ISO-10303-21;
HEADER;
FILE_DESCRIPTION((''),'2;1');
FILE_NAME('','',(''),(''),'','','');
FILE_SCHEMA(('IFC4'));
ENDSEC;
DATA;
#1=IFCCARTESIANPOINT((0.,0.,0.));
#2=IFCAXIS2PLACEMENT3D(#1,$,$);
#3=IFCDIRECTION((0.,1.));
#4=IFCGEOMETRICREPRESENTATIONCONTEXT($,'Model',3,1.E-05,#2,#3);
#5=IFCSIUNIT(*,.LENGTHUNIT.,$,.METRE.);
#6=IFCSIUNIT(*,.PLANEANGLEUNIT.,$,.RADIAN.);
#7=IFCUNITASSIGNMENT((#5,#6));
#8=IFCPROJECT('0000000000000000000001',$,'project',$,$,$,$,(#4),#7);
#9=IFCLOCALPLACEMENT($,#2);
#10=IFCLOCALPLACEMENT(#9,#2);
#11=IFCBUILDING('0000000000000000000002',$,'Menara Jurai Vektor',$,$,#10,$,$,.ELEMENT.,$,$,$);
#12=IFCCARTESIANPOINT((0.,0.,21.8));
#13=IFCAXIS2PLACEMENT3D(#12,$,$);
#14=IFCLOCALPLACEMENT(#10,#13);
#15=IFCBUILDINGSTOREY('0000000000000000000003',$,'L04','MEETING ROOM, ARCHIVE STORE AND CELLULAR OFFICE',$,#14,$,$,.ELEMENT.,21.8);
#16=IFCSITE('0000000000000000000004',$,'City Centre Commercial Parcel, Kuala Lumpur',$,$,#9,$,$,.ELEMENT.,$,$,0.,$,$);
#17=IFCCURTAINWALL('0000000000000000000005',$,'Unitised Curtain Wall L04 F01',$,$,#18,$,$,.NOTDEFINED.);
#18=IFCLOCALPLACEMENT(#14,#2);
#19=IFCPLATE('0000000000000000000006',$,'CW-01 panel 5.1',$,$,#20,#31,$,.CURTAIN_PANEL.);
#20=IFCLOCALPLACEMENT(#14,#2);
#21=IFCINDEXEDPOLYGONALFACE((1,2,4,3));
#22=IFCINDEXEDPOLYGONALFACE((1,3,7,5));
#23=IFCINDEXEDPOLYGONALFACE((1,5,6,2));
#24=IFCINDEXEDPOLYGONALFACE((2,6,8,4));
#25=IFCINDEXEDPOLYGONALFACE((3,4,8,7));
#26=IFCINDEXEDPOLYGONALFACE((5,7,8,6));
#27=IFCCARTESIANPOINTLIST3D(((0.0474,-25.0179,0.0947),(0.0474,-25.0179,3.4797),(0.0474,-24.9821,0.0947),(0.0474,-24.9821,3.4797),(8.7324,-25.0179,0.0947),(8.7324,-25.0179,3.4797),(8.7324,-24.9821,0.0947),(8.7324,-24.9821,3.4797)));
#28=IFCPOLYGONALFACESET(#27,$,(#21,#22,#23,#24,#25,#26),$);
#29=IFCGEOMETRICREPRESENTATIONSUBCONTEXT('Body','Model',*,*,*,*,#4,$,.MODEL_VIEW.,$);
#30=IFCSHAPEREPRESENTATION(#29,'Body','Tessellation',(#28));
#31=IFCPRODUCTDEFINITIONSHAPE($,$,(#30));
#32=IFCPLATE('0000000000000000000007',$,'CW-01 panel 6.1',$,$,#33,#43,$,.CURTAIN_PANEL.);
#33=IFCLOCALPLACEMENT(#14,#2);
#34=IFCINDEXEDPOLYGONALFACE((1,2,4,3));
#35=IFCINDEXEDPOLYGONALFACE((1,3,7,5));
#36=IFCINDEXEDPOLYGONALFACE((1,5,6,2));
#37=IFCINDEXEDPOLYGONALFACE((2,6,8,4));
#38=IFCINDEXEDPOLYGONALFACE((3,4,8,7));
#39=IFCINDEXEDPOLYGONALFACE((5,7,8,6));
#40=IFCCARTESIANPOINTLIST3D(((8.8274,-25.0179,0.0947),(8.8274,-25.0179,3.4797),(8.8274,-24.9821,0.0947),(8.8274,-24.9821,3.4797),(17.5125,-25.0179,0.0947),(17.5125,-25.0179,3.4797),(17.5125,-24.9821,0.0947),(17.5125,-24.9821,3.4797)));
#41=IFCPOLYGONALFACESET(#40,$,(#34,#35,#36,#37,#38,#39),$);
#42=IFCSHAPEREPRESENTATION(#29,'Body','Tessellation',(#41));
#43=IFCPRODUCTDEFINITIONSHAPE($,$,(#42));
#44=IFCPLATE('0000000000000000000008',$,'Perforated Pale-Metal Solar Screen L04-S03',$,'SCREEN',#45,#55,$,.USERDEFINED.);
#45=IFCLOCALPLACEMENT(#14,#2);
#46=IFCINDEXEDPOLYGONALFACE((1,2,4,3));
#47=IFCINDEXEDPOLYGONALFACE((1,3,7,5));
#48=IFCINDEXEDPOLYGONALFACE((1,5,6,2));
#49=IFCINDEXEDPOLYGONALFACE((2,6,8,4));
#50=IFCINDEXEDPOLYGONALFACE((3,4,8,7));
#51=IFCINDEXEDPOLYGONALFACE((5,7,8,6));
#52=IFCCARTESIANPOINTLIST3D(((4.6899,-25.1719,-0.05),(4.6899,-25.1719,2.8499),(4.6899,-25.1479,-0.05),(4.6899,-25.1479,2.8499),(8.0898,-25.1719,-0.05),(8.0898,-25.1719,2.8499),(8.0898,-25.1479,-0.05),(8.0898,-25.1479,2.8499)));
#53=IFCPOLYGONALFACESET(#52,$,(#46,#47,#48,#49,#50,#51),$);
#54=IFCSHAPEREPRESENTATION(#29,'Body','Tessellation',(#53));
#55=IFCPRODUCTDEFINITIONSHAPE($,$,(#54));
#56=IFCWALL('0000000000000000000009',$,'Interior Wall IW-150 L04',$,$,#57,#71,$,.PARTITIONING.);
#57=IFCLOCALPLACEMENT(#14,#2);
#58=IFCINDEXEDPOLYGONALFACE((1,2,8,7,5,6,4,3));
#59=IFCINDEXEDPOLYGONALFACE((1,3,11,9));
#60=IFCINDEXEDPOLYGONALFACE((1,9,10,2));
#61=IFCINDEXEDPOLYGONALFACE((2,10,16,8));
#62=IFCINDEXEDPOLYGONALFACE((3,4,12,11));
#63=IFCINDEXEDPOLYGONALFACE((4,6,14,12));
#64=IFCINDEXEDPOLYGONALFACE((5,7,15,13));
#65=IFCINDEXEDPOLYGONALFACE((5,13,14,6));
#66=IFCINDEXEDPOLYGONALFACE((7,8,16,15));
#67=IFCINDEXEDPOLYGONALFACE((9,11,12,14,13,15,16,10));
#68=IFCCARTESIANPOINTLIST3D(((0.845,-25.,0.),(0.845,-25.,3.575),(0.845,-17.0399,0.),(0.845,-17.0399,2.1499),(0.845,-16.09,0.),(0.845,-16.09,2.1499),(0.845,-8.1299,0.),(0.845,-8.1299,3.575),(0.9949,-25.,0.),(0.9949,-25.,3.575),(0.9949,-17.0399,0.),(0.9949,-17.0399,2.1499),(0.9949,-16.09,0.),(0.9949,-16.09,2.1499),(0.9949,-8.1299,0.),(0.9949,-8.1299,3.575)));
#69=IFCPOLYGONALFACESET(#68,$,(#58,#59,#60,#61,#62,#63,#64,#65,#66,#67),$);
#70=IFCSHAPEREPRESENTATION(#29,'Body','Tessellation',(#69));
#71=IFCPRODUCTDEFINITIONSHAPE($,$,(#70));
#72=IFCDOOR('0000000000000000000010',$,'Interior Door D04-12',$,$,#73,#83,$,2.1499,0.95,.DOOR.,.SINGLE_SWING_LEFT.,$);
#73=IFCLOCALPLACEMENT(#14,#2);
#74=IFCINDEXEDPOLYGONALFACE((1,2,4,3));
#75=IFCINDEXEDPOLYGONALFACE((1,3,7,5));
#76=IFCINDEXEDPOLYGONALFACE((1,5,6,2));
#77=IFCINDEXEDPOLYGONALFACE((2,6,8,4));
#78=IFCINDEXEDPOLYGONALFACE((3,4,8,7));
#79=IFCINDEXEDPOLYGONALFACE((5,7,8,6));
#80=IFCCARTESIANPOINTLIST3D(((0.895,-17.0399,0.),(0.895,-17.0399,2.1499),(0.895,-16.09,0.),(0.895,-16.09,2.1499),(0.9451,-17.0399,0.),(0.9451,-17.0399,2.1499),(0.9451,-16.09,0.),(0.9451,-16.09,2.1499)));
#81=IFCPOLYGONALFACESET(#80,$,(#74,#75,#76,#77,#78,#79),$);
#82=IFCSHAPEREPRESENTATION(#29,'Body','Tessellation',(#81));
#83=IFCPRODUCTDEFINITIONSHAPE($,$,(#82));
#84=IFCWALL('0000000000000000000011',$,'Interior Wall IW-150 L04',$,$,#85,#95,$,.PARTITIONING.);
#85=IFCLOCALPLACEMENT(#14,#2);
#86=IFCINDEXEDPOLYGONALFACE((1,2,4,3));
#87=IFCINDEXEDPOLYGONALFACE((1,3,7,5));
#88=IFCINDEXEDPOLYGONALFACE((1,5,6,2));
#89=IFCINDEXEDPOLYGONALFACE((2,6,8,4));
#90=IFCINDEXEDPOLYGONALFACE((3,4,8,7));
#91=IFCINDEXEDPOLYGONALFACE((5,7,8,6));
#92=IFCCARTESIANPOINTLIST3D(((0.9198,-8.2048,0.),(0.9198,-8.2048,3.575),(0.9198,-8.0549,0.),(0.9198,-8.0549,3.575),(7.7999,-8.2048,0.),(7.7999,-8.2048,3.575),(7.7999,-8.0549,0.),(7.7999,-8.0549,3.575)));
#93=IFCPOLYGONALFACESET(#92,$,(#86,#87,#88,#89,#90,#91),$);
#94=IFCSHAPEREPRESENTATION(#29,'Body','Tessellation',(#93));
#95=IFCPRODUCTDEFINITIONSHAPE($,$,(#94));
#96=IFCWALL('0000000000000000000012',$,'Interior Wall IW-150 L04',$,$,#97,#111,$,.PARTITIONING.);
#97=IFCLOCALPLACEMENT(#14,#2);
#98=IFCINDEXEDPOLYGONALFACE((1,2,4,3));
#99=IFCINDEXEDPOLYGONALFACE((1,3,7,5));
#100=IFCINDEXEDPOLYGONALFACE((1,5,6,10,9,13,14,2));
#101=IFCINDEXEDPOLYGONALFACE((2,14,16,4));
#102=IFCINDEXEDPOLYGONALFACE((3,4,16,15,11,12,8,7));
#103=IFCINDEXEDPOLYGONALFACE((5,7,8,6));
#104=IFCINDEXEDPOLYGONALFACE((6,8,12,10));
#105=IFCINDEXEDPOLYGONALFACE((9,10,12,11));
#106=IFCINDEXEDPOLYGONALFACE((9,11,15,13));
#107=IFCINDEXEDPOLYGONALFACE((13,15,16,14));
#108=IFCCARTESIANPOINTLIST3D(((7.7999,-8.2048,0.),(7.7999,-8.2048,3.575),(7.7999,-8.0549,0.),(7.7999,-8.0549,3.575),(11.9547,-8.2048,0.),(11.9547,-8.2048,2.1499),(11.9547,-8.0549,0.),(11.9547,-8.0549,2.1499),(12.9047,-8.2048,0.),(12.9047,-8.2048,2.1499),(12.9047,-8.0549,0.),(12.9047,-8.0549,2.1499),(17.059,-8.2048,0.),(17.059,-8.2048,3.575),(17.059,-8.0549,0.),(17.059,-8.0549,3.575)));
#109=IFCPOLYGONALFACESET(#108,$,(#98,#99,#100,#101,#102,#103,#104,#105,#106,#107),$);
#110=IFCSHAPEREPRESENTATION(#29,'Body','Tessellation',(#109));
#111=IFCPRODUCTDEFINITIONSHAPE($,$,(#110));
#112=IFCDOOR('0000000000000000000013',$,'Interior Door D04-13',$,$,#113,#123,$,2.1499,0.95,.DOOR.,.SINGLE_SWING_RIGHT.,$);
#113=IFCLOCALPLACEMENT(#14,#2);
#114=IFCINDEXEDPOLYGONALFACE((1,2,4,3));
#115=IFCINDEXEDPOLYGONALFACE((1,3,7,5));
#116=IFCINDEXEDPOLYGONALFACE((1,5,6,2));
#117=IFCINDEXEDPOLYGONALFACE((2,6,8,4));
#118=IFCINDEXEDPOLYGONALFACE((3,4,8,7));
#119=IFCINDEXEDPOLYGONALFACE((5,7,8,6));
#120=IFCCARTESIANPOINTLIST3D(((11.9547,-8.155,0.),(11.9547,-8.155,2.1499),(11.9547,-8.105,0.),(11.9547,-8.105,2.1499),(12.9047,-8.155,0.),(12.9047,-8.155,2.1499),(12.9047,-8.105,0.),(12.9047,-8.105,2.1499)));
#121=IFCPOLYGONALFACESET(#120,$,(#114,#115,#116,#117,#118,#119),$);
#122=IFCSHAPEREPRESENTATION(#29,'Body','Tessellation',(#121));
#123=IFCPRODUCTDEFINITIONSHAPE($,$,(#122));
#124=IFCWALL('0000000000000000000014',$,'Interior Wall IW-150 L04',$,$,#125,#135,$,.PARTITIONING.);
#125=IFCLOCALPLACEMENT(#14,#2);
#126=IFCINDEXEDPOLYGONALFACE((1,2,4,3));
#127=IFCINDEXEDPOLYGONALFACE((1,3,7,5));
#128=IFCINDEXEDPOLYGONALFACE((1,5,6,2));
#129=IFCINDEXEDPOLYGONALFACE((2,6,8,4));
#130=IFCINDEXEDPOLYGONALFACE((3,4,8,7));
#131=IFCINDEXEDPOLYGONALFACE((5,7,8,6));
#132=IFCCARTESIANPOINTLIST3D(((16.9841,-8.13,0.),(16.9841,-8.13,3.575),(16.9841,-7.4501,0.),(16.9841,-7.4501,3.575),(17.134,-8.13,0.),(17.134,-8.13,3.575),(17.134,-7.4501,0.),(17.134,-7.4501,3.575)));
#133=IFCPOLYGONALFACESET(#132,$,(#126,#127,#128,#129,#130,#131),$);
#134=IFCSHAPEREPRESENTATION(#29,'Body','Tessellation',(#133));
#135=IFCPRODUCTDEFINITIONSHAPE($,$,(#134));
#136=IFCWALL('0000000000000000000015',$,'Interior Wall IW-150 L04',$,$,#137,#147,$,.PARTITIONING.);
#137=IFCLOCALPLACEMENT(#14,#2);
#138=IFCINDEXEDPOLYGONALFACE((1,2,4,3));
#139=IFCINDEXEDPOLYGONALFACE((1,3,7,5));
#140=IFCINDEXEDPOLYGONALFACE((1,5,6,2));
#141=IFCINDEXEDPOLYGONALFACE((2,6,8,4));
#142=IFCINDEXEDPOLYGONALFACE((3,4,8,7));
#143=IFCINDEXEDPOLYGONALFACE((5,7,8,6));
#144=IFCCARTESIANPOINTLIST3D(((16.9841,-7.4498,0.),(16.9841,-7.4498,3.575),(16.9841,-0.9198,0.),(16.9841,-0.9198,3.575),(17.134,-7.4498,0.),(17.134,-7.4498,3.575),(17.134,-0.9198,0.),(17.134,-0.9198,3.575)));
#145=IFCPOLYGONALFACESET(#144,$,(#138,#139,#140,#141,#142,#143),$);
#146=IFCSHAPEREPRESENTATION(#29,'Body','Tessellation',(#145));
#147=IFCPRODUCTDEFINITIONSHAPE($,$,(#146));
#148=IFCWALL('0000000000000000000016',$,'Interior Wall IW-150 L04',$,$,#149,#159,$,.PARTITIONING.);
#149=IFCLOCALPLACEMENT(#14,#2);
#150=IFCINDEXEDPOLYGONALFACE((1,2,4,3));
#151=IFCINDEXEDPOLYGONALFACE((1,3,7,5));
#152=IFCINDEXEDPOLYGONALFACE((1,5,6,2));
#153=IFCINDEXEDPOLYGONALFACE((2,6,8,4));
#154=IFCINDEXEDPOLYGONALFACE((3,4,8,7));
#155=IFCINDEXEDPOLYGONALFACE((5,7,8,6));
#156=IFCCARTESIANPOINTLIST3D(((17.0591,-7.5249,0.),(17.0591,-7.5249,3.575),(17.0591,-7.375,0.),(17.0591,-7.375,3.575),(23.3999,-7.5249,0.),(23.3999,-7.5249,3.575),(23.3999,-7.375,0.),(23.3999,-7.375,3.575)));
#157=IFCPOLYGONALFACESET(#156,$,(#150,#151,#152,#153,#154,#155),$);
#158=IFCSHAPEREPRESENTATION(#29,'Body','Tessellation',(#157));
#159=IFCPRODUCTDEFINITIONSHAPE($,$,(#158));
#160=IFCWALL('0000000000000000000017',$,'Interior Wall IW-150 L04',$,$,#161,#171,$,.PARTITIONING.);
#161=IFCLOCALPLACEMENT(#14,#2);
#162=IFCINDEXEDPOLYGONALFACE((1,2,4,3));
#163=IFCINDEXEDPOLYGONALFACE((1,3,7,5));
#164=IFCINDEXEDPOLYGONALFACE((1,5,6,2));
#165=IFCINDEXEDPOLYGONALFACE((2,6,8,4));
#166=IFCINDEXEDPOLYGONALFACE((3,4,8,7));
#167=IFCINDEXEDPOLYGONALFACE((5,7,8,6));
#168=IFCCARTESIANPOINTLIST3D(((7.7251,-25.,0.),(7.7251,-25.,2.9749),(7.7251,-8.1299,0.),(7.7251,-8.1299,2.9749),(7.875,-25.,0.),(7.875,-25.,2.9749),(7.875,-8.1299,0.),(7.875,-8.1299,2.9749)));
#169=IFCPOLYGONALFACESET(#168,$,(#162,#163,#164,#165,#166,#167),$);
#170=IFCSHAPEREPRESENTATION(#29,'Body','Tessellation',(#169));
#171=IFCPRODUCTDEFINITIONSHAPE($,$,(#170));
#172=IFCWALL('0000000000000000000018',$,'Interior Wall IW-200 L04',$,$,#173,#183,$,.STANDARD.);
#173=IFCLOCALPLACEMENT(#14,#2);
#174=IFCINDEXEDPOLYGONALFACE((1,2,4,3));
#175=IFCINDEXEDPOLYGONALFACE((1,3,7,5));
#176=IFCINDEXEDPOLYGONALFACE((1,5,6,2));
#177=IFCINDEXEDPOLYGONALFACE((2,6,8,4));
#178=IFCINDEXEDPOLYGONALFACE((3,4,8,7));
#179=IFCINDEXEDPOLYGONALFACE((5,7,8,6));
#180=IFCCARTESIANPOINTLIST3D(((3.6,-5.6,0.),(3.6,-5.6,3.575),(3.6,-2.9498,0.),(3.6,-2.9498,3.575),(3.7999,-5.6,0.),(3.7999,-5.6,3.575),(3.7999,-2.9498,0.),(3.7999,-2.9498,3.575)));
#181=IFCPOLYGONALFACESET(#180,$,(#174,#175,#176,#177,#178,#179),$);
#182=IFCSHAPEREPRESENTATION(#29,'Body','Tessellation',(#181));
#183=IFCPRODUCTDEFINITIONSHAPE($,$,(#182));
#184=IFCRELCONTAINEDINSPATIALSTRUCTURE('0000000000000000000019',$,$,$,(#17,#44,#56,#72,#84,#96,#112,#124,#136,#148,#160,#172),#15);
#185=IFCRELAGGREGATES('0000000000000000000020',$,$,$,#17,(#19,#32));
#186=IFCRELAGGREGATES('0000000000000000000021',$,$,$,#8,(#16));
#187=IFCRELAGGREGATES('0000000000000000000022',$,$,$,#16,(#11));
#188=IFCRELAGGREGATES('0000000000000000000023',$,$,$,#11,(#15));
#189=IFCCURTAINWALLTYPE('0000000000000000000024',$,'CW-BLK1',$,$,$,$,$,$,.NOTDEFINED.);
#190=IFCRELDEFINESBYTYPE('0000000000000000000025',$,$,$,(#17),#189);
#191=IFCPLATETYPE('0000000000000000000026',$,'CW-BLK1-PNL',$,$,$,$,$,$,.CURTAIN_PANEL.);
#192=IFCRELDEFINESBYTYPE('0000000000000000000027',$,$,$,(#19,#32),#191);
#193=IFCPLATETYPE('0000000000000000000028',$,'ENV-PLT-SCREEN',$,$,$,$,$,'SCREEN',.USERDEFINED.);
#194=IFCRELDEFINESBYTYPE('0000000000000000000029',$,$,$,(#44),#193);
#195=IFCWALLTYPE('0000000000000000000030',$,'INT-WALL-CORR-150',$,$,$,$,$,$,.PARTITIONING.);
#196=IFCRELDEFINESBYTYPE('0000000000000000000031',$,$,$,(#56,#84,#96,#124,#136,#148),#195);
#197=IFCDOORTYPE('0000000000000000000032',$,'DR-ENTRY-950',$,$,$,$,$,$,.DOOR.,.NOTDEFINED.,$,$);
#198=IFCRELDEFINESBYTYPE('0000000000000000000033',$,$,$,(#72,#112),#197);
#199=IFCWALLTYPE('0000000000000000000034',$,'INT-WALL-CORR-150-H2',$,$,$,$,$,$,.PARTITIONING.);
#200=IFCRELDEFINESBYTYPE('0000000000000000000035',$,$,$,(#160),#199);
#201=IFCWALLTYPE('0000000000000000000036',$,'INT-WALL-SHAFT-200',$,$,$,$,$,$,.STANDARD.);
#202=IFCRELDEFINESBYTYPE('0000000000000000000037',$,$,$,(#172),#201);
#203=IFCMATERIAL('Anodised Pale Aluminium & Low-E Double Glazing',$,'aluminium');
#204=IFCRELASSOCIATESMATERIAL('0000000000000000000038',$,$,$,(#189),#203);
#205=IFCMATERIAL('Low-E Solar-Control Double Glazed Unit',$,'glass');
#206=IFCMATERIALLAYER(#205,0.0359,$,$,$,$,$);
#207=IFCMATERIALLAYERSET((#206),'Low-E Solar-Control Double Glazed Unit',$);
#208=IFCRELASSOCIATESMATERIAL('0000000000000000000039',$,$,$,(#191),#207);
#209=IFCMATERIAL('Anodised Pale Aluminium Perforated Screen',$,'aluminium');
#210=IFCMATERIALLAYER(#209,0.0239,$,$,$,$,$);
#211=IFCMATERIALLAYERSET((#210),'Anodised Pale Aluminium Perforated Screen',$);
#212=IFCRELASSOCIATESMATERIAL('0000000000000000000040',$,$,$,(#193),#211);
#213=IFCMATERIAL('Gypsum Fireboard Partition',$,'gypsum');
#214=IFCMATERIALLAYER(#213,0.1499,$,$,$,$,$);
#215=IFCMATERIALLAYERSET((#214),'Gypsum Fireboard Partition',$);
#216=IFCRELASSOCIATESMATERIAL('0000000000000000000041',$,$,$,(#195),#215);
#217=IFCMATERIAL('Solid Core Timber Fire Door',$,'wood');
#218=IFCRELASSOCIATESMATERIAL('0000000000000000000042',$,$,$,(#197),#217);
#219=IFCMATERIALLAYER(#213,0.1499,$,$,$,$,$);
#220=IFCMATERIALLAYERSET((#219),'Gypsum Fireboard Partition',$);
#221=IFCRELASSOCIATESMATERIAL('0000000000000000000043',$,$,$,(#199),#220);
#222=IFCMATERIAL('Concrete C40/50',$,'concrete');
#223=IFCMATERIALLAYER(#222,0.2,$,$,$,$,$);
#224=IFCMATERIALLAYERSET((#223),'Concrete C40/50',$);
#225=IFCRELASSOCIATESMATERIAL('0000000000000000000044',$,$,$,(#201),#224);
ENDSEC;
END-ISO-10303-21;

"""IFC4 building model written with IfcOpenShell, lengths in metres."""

from ifc_helpers import new_model, si_unit, direction, frame, frame_2d, origin, origin_2d, place, context, subcontext, project, spatial, rectangle, extrude, material, layer, layer_set, type_object, element, fill, aggregate, save


model = new_model("IFC4")

# Units and contexts
model_context = context("Model", 3, precision=1e-05, world=origin(), true_north=direction((0.0, 1.0)))
body_context = subcontext(model_context, "Body", "Model", "MODEL_VIEW")
ifc_project = project(units=[si_unit("LENGTHUNIT", "METRE"), si_unit("PLANEANGLEUNIT", "RADIAN")], contexts=[model_context])

# Site, building, storey
site_placement = place(None, origin())
site = spatial("IfcSite", under=ifc_project, at=site_placement, Name="City Centre Commercial Parcel, Kuala Lumpur", CompositionType="ELEMENT", RefElevation=0.0)
building_placement = place(site_placement, origin())
building = spatial("IfcBuilding", under=site, at=building_placement, Name="Menara Jurai Vektor", CompositionType="ELEMENT")
storey_placement = place(building_placement, frame((0.0, 0.0, 21.8)))
storey = spatial("IfcBuildingStorey", under=building, at=storey_placement, Name="L04", Description="MEETING ROOM, ARCHIVE STORE AND CELLULAR OFFICE", CompositionType="ELEMENT", Elevation=21.8)

# Curtain wall
ifc_material_1 = material(Name="Anodised Pale Aluminium & Low-E Double Glazing", Category="aluminium")
curtain_wall_type = type_object("IfcCurtainWallType", Name="CW-BLK1", PredefinedType="NOTDEFINED", material=ifc_material_1)
curtain_wall_placement = place(storey_placement, origin())
curtain_wall = element("IfcCurtainWall", 1, at=curtain_wall_placement, inside=storey, type_object=curtain_wall_type, Name="Unitised Curtain Wall L04 F01", PredefinedType="NOTDEFINED")

# Plates
ifc_material_2 = material(Name="Low-E Solar-Control Double Glazed Unit", Category="glass")
ifc_layer_1 = layer(ifc_material_2, 0.0359)
ifc_layer_set_1 = layer_set([ifc_layer_1], Name="Low-E Solar-Control Double Glazed Unit")
plate_type_1 = type_object("IfcPlateType", Name="CW-BLK1-PNL", PredefinedType="CURTAIN_PANEL", material=ifc_layer_set_1)
plate_1_placement = place(storey_placement, frame((4.3899, -25.0, 0.0947), z_axis=(0.0, 0.0, 1.0), x_axis=(1.0, 0.0, 0.0)))
plate_1 = element("IfcPlate", 2, at=plate_1_placement, type_object=plate_type_1, Name="CW-01 panel 5.1", PredefinedType="CURTAIN_PANEL", context=body_context, shape_type="SweptSolid", body=[
    extrude(rectangle(XDim=8.6851, YDim=0.0359, at=origin_2d()), origin(), (0.0, 0.0, 1.0), 3.385),
])
plate_2_placement = place(storey_placement, frame((13.1699, -25.0, 0.0947), z_axis=(0.0, 0.0, 1.0), x_axis=(1.0, 0.0, 0.0)))
plate_2 = element("IfcPlate", 3, at=plate_2_placement, type_object=plate_type_1, Name="CW-01 panel 6.1", PredefinedType="CURTAIN_PANEL", context=body_context, shape_type="SweptSolid", body=[
    extrude(rectangle(XDim=8.6851, YDim=0.0359, at=origin_2d()), origin(), (0.0, 0.0, 1.0), 3.385),
])
aggregate(curtain_wall, [plate_1, plate_2])
ifc_material_3 = material(Name="Anodised Pale Aluminium Perforated Screen", Category="aluminium")
ifc_layer_2 = layer(ifc_material_3, 0.0239)
ifc_layer_set_2 = layer_set([ifc_layer_2], Name="Anodised Pale Aluminium Perforated Screen")
plate_type_2 = type_object("IfcPlateType", Name="ENV-PLT-SCREEN", ElementType="SCREEN", PredefinedType="USERDEFINED", material=ifc_layer_set_2)
plate_3_placement = place(storey_placement, frame((6.3899, -25.1599, -0.05), z_axis=(0.0, 0.0, 1.0), x_axis=(1.0, 0.0, 0.0)))
element("IfcPlate", 4, at=plate_3_placement, inside=storey, type_object=plate_type_2, Name="Perforated Pale-Metal Solar Screen L04-S03", ObjectType="SCREEN", PredefinedType="USERDEFINED", context=body_context, shape_type="SweptSolid", body=[
    extrude(rectangle(XDim=3.3999, YDim=0.0239, at=origin_2d()), origin(), (0.0, 0.0, 1.0), 2.8999),
])

# Wall, opening, door
ifc_material_4 = material(Name="Gypsum Fireboard Partition", Category="gypsum")
ifc_layer_3 = layer(ifc_material_4, 0.1499)
ifc_layer_set_3 = layer_set([ifc_layer_3], Name="Gypsum Fireboard Partition")
wall_type_1 = type_object("IfcWallType", Name="INT-WALL-CORR-150", PredefinedType="PARTITIONING", material=ifc_layer_set_3)
wall_1_placement = place(storey_placement, frame((0.9199, -25.0, 0.0), z_axis=(0.0, 0.0, 1.0), x_axis=(0.0, 1.0, 0.0)))
wall_1 = element("IfcWall", 5, at=wall_1_placement, inside=storey, type_object=wall_type_1, Name="Interior Wall IW-150 L04", PredefinedType="PARTITIONING", context=body_context, shape_type="SweptSolid", body=[
    extrude(rectangle(XDim=16.8701, YDim=0.1499, at=frame_2d((8.4351, 0.0))), origin(), (0.0, 0.0, 1.0), 3.575),
])
opening_1_placement = place(wall_1_placement, frame((7.96, 0.0, 0.0)))
opening_1 = element("IfcOpeningElement", 6, at=opening_1_placement, cuts=wall_1, PredefinedType="OPENING", context=body_context, shape_type="SweptSolid", body=[
    extrude(rectangle(XDim=0.95, YDim=2.1499, at=frame_2d((0.4751, 1.075))), frame((0.0, 0.085, 0.0), z_axis=(0.0, -1.0, 0.0), x_axis=(1.0, 0.0, 0.0)), (0.0, 0.0, 1.0), 0.1699),
])
ifc_material_5 = material(Name="Solid Core Timber Fire Door", Category="wood")
door_type = type_object("IfcDoorType", Name="DR-ENTRY-950", OperationType="NOTDEFINED", PredefinedType="DOOR", material=ifc_material_5)
door_1_placement = place(opening_1_placement, origin())
door_1 = element("IfcDoor", 7, at=door_1_placement, inside=storey, type_object=door_type, Name="Interior Door D04-12", OperationType="SINGLE_SWING_LEFT", OverallHeight=2.1499, OverallWidth=0.95, PredefinedType="DOOR", context=body_context, shape_type="SweptSolid", body=[
    extrude(rectangle(XDim=0.95, YDim=2.1499, at=frame_2d((0.4751, 1.075))), frame((0.0, 0.0249, 0.0), z_axis=(0.0, -1.0, 0.0), x_axis=(1.0, 0.0, 0.0)), (0.0, 0.0, 1.0), 0.05),
])
fill(opening_1, door_1)

# Wall
wall_2_placement = place(storey_placement, frame((0.9199, -8.1299, 0.0), z_axis=(0.0, 0.0, 1.0), x_axis=(1.0, 0.0, 0.0)))
element("IfcWall", 8, at=wall_2_placement, inside=storey, type_object=wall_type_1, Name="Interior Wall IW-150 L04", PredefinedType="PARTITIONING", context=body_context, shape_type="SweptSolid", body=[
    extrude(rectangle(XDim=6.8801, YDim=0.1499, at=frame_2d((3.4399, 0.0))), origin(), (0.0, 0.0, 1.0), 3.575),
])

# Wall, opening, door
wall_3_placement = place(storey_placement, frame((7.8, -8.1299, 0.0), z_axis=(0.0, 0.0, 1.0), x_axis=(1.0, 0.0, 0.0)))
wall_3 = element("IfcWall", 9, at=wall_3_placement, inside=storey, type_object=wall_type_1, Name="Interior Wall IW-150 L04", PredefinedType="PARTITIONING", context=body_context, shape_type="SweptSolid", body=[
    extrude(rectangle(XDim=9.259, YDim=0.1499, at=frame_2d((4.6294, 0.0))), origin(), (0.0, 0.0, 1.0), 3.575),
])
opening_2_placement = place(wall_3_placement, frame((4.1545, 0.0, 0.0)))
opening_2 = element("IfcOpeningElement", 10, at=opening_2_placement, cuts=wall_3, PredefinedType="OPENING", context=body_context, shape_type="SweptSolid", body=[
    extrude(rectangle(XDim=0.95, YDim=2.1499, at=frame_2d((0.4751, 1.075))), frame((0.0, 0.085, 0.0), z_axis=(0.0, -1.0, 0.0), x_axis=(1.0, 0.0, 0.0)), (0.0, 0.0, 1.0), 0.1699),
])
door_2_placement = place(opening_2_placement, origin())
door_2 = element("IfcDoor", 11, at=door_2_placement, inside=storey, type_object=door_type, Name="Interior Door D04-13", OperationType="SINGLE_SWING_RIGHT", OverallHeight=2.1499, OverallWidth=0.95, PredefinedType="DOOR", context=body_context, shape_type="SweptSolid", body=[
    extrude(rectangle(XDim=0.95, YDim=2.1499, at=frame_2d((0.4751, 1.075))), frame((0.0, 0.0249, 0.0), z_axis=(0.0, -1.0, 0.0), x_axis=(1.0, 0.0, 0.0)), (0.0, 0.0, 1.0), 0.05),
])
fill(opening_2, door_2)

# Walls
wall_4_placement = place(storey_placement, frame((17.0591, -8.1299, 0.0), z_axis=(0.0, 0.0, 1.0), x_axis=(0.0, 1.0, 0.0)))
element("IfcWall", 12, at=wall_4_placement, inside=storey, type_object=wall_type_1, Name="Interior Wall IW-150 L04", PredefinedType="PARTITIONING", context=body_context, shape_type="SweptSolid", body=[
    extrude(rectangle(XDim=0.6799, YDim=0.1499, at=frame_2d((0.3398, 0.0))), origin(), (0.0, 0.0, 1.0), 3.575),
])
wall_5_placement = place(storey_placement, frame((17.0591, -7.45, 0.0), z_axis=(0.0, 0.0, 1.0), x_axis=(0.0, 1.0, 0.0)))
element("IfcWall", 13, at=wall_5_placement, inside=storey, type_object=wall_type_1, Name="Interior Wall IW-150 L04", PredefinedType="PARTITIONING", context=body_context, shape_type="SweptSolid", body=[
    extrude(rectangle(XDim=6.53, YDim=0.1499, at=frame_2d((3.2651, 0.0))), origin(), (0.0, 0.0, 1.0), 3.575),
])
wall_6_placement = place(storey_placement, frame((17.0591, -7.45, 0.0), z_axis=(0.0, 0.0, 1.0), x_axis=(1.0, 0.0, 0.0)))
element("IfcWall", 14, at=wall_6_placement, inside=storey, type_object=wall_type_1, Name="Interior Wall IW-150 L04", PredefinedType="PARTITIONING", context=body_context, shape_type="SweptSolid", body=[
    extrude(rectangle(XDim=6.3408, YDim=0.1499, at=frame_2d((3.1704, 0.0))), origin(), (0.0, 0.0, 1.0), 3.575),
])
ifc_layer_4 = layer(ifc_material_4, 0.1499)
ifc_layer_set_4 = layer_set([ifc_layer_4], Name="Gypsum Fireboard Partition")
wall_type_2 = type_object("IfcWallType", Name="INT-WALL-CORR-150-H2", PredefinedType="PARTITIONING", material=ifc_layer_set_4)
wall_7_placement = place(storey_placement, frame((7.8, -25.0, 0.0), z_axis=(0.0, 0.0, 1.0), x_axis=(0.0, 1.0, 0.0)))
element("IfcWall", 15, at=wall_7_placement, inside=storey, type_object=wall_type_2, Name="Interior Wall IW-150 L04", PredefinedType="PARTITIONING", context=body_context, shape_type="SweptSolid", body=[
    extrude(rectangle(XDim=16.8701, YDim=0.1499, at=frame_2d((8.4351, 0.0))), origin(), (0.0, 0.0, 1.0), 2.9749),
])
ifc_material_6 = material(Name="Concrete C40/50", Category="concrete")
ifc_layer_5 = layer(ifc_material_6, 0.2)
ifc_layer_set_5 = layer_set([ifc_layer_5], Name="Concrete C40/50")
wall_type_3 = type_object("IfcWallType", Name="INT-WALL-SHAFT-200", PredefinedType="STANDARD", material=ifc_layer_set_5)
wall_8_placement = place(storey_placement, frame((3.7, -5.6001, 0.0), z_axis=(0.0, 0.0, 1.0), x_axis=(0.0, 1.0, 0.0)))
element("IfcWall", 16, at=wall_8_placement, inside=storey, type_object=wall_type_3, Name="Interior Wall IW-200 L04", PredefinedType="STANDARD", context=body_context, shape_type="SweptSolid", body=[
    extrude(rectangle(XDim=2.6501, YDim=0.2, at=frame_2d((1.3252, 0.0))), origin(), (0.0, 0.0, 1.0), 3.575),
])

save(model, "model.ifc")
